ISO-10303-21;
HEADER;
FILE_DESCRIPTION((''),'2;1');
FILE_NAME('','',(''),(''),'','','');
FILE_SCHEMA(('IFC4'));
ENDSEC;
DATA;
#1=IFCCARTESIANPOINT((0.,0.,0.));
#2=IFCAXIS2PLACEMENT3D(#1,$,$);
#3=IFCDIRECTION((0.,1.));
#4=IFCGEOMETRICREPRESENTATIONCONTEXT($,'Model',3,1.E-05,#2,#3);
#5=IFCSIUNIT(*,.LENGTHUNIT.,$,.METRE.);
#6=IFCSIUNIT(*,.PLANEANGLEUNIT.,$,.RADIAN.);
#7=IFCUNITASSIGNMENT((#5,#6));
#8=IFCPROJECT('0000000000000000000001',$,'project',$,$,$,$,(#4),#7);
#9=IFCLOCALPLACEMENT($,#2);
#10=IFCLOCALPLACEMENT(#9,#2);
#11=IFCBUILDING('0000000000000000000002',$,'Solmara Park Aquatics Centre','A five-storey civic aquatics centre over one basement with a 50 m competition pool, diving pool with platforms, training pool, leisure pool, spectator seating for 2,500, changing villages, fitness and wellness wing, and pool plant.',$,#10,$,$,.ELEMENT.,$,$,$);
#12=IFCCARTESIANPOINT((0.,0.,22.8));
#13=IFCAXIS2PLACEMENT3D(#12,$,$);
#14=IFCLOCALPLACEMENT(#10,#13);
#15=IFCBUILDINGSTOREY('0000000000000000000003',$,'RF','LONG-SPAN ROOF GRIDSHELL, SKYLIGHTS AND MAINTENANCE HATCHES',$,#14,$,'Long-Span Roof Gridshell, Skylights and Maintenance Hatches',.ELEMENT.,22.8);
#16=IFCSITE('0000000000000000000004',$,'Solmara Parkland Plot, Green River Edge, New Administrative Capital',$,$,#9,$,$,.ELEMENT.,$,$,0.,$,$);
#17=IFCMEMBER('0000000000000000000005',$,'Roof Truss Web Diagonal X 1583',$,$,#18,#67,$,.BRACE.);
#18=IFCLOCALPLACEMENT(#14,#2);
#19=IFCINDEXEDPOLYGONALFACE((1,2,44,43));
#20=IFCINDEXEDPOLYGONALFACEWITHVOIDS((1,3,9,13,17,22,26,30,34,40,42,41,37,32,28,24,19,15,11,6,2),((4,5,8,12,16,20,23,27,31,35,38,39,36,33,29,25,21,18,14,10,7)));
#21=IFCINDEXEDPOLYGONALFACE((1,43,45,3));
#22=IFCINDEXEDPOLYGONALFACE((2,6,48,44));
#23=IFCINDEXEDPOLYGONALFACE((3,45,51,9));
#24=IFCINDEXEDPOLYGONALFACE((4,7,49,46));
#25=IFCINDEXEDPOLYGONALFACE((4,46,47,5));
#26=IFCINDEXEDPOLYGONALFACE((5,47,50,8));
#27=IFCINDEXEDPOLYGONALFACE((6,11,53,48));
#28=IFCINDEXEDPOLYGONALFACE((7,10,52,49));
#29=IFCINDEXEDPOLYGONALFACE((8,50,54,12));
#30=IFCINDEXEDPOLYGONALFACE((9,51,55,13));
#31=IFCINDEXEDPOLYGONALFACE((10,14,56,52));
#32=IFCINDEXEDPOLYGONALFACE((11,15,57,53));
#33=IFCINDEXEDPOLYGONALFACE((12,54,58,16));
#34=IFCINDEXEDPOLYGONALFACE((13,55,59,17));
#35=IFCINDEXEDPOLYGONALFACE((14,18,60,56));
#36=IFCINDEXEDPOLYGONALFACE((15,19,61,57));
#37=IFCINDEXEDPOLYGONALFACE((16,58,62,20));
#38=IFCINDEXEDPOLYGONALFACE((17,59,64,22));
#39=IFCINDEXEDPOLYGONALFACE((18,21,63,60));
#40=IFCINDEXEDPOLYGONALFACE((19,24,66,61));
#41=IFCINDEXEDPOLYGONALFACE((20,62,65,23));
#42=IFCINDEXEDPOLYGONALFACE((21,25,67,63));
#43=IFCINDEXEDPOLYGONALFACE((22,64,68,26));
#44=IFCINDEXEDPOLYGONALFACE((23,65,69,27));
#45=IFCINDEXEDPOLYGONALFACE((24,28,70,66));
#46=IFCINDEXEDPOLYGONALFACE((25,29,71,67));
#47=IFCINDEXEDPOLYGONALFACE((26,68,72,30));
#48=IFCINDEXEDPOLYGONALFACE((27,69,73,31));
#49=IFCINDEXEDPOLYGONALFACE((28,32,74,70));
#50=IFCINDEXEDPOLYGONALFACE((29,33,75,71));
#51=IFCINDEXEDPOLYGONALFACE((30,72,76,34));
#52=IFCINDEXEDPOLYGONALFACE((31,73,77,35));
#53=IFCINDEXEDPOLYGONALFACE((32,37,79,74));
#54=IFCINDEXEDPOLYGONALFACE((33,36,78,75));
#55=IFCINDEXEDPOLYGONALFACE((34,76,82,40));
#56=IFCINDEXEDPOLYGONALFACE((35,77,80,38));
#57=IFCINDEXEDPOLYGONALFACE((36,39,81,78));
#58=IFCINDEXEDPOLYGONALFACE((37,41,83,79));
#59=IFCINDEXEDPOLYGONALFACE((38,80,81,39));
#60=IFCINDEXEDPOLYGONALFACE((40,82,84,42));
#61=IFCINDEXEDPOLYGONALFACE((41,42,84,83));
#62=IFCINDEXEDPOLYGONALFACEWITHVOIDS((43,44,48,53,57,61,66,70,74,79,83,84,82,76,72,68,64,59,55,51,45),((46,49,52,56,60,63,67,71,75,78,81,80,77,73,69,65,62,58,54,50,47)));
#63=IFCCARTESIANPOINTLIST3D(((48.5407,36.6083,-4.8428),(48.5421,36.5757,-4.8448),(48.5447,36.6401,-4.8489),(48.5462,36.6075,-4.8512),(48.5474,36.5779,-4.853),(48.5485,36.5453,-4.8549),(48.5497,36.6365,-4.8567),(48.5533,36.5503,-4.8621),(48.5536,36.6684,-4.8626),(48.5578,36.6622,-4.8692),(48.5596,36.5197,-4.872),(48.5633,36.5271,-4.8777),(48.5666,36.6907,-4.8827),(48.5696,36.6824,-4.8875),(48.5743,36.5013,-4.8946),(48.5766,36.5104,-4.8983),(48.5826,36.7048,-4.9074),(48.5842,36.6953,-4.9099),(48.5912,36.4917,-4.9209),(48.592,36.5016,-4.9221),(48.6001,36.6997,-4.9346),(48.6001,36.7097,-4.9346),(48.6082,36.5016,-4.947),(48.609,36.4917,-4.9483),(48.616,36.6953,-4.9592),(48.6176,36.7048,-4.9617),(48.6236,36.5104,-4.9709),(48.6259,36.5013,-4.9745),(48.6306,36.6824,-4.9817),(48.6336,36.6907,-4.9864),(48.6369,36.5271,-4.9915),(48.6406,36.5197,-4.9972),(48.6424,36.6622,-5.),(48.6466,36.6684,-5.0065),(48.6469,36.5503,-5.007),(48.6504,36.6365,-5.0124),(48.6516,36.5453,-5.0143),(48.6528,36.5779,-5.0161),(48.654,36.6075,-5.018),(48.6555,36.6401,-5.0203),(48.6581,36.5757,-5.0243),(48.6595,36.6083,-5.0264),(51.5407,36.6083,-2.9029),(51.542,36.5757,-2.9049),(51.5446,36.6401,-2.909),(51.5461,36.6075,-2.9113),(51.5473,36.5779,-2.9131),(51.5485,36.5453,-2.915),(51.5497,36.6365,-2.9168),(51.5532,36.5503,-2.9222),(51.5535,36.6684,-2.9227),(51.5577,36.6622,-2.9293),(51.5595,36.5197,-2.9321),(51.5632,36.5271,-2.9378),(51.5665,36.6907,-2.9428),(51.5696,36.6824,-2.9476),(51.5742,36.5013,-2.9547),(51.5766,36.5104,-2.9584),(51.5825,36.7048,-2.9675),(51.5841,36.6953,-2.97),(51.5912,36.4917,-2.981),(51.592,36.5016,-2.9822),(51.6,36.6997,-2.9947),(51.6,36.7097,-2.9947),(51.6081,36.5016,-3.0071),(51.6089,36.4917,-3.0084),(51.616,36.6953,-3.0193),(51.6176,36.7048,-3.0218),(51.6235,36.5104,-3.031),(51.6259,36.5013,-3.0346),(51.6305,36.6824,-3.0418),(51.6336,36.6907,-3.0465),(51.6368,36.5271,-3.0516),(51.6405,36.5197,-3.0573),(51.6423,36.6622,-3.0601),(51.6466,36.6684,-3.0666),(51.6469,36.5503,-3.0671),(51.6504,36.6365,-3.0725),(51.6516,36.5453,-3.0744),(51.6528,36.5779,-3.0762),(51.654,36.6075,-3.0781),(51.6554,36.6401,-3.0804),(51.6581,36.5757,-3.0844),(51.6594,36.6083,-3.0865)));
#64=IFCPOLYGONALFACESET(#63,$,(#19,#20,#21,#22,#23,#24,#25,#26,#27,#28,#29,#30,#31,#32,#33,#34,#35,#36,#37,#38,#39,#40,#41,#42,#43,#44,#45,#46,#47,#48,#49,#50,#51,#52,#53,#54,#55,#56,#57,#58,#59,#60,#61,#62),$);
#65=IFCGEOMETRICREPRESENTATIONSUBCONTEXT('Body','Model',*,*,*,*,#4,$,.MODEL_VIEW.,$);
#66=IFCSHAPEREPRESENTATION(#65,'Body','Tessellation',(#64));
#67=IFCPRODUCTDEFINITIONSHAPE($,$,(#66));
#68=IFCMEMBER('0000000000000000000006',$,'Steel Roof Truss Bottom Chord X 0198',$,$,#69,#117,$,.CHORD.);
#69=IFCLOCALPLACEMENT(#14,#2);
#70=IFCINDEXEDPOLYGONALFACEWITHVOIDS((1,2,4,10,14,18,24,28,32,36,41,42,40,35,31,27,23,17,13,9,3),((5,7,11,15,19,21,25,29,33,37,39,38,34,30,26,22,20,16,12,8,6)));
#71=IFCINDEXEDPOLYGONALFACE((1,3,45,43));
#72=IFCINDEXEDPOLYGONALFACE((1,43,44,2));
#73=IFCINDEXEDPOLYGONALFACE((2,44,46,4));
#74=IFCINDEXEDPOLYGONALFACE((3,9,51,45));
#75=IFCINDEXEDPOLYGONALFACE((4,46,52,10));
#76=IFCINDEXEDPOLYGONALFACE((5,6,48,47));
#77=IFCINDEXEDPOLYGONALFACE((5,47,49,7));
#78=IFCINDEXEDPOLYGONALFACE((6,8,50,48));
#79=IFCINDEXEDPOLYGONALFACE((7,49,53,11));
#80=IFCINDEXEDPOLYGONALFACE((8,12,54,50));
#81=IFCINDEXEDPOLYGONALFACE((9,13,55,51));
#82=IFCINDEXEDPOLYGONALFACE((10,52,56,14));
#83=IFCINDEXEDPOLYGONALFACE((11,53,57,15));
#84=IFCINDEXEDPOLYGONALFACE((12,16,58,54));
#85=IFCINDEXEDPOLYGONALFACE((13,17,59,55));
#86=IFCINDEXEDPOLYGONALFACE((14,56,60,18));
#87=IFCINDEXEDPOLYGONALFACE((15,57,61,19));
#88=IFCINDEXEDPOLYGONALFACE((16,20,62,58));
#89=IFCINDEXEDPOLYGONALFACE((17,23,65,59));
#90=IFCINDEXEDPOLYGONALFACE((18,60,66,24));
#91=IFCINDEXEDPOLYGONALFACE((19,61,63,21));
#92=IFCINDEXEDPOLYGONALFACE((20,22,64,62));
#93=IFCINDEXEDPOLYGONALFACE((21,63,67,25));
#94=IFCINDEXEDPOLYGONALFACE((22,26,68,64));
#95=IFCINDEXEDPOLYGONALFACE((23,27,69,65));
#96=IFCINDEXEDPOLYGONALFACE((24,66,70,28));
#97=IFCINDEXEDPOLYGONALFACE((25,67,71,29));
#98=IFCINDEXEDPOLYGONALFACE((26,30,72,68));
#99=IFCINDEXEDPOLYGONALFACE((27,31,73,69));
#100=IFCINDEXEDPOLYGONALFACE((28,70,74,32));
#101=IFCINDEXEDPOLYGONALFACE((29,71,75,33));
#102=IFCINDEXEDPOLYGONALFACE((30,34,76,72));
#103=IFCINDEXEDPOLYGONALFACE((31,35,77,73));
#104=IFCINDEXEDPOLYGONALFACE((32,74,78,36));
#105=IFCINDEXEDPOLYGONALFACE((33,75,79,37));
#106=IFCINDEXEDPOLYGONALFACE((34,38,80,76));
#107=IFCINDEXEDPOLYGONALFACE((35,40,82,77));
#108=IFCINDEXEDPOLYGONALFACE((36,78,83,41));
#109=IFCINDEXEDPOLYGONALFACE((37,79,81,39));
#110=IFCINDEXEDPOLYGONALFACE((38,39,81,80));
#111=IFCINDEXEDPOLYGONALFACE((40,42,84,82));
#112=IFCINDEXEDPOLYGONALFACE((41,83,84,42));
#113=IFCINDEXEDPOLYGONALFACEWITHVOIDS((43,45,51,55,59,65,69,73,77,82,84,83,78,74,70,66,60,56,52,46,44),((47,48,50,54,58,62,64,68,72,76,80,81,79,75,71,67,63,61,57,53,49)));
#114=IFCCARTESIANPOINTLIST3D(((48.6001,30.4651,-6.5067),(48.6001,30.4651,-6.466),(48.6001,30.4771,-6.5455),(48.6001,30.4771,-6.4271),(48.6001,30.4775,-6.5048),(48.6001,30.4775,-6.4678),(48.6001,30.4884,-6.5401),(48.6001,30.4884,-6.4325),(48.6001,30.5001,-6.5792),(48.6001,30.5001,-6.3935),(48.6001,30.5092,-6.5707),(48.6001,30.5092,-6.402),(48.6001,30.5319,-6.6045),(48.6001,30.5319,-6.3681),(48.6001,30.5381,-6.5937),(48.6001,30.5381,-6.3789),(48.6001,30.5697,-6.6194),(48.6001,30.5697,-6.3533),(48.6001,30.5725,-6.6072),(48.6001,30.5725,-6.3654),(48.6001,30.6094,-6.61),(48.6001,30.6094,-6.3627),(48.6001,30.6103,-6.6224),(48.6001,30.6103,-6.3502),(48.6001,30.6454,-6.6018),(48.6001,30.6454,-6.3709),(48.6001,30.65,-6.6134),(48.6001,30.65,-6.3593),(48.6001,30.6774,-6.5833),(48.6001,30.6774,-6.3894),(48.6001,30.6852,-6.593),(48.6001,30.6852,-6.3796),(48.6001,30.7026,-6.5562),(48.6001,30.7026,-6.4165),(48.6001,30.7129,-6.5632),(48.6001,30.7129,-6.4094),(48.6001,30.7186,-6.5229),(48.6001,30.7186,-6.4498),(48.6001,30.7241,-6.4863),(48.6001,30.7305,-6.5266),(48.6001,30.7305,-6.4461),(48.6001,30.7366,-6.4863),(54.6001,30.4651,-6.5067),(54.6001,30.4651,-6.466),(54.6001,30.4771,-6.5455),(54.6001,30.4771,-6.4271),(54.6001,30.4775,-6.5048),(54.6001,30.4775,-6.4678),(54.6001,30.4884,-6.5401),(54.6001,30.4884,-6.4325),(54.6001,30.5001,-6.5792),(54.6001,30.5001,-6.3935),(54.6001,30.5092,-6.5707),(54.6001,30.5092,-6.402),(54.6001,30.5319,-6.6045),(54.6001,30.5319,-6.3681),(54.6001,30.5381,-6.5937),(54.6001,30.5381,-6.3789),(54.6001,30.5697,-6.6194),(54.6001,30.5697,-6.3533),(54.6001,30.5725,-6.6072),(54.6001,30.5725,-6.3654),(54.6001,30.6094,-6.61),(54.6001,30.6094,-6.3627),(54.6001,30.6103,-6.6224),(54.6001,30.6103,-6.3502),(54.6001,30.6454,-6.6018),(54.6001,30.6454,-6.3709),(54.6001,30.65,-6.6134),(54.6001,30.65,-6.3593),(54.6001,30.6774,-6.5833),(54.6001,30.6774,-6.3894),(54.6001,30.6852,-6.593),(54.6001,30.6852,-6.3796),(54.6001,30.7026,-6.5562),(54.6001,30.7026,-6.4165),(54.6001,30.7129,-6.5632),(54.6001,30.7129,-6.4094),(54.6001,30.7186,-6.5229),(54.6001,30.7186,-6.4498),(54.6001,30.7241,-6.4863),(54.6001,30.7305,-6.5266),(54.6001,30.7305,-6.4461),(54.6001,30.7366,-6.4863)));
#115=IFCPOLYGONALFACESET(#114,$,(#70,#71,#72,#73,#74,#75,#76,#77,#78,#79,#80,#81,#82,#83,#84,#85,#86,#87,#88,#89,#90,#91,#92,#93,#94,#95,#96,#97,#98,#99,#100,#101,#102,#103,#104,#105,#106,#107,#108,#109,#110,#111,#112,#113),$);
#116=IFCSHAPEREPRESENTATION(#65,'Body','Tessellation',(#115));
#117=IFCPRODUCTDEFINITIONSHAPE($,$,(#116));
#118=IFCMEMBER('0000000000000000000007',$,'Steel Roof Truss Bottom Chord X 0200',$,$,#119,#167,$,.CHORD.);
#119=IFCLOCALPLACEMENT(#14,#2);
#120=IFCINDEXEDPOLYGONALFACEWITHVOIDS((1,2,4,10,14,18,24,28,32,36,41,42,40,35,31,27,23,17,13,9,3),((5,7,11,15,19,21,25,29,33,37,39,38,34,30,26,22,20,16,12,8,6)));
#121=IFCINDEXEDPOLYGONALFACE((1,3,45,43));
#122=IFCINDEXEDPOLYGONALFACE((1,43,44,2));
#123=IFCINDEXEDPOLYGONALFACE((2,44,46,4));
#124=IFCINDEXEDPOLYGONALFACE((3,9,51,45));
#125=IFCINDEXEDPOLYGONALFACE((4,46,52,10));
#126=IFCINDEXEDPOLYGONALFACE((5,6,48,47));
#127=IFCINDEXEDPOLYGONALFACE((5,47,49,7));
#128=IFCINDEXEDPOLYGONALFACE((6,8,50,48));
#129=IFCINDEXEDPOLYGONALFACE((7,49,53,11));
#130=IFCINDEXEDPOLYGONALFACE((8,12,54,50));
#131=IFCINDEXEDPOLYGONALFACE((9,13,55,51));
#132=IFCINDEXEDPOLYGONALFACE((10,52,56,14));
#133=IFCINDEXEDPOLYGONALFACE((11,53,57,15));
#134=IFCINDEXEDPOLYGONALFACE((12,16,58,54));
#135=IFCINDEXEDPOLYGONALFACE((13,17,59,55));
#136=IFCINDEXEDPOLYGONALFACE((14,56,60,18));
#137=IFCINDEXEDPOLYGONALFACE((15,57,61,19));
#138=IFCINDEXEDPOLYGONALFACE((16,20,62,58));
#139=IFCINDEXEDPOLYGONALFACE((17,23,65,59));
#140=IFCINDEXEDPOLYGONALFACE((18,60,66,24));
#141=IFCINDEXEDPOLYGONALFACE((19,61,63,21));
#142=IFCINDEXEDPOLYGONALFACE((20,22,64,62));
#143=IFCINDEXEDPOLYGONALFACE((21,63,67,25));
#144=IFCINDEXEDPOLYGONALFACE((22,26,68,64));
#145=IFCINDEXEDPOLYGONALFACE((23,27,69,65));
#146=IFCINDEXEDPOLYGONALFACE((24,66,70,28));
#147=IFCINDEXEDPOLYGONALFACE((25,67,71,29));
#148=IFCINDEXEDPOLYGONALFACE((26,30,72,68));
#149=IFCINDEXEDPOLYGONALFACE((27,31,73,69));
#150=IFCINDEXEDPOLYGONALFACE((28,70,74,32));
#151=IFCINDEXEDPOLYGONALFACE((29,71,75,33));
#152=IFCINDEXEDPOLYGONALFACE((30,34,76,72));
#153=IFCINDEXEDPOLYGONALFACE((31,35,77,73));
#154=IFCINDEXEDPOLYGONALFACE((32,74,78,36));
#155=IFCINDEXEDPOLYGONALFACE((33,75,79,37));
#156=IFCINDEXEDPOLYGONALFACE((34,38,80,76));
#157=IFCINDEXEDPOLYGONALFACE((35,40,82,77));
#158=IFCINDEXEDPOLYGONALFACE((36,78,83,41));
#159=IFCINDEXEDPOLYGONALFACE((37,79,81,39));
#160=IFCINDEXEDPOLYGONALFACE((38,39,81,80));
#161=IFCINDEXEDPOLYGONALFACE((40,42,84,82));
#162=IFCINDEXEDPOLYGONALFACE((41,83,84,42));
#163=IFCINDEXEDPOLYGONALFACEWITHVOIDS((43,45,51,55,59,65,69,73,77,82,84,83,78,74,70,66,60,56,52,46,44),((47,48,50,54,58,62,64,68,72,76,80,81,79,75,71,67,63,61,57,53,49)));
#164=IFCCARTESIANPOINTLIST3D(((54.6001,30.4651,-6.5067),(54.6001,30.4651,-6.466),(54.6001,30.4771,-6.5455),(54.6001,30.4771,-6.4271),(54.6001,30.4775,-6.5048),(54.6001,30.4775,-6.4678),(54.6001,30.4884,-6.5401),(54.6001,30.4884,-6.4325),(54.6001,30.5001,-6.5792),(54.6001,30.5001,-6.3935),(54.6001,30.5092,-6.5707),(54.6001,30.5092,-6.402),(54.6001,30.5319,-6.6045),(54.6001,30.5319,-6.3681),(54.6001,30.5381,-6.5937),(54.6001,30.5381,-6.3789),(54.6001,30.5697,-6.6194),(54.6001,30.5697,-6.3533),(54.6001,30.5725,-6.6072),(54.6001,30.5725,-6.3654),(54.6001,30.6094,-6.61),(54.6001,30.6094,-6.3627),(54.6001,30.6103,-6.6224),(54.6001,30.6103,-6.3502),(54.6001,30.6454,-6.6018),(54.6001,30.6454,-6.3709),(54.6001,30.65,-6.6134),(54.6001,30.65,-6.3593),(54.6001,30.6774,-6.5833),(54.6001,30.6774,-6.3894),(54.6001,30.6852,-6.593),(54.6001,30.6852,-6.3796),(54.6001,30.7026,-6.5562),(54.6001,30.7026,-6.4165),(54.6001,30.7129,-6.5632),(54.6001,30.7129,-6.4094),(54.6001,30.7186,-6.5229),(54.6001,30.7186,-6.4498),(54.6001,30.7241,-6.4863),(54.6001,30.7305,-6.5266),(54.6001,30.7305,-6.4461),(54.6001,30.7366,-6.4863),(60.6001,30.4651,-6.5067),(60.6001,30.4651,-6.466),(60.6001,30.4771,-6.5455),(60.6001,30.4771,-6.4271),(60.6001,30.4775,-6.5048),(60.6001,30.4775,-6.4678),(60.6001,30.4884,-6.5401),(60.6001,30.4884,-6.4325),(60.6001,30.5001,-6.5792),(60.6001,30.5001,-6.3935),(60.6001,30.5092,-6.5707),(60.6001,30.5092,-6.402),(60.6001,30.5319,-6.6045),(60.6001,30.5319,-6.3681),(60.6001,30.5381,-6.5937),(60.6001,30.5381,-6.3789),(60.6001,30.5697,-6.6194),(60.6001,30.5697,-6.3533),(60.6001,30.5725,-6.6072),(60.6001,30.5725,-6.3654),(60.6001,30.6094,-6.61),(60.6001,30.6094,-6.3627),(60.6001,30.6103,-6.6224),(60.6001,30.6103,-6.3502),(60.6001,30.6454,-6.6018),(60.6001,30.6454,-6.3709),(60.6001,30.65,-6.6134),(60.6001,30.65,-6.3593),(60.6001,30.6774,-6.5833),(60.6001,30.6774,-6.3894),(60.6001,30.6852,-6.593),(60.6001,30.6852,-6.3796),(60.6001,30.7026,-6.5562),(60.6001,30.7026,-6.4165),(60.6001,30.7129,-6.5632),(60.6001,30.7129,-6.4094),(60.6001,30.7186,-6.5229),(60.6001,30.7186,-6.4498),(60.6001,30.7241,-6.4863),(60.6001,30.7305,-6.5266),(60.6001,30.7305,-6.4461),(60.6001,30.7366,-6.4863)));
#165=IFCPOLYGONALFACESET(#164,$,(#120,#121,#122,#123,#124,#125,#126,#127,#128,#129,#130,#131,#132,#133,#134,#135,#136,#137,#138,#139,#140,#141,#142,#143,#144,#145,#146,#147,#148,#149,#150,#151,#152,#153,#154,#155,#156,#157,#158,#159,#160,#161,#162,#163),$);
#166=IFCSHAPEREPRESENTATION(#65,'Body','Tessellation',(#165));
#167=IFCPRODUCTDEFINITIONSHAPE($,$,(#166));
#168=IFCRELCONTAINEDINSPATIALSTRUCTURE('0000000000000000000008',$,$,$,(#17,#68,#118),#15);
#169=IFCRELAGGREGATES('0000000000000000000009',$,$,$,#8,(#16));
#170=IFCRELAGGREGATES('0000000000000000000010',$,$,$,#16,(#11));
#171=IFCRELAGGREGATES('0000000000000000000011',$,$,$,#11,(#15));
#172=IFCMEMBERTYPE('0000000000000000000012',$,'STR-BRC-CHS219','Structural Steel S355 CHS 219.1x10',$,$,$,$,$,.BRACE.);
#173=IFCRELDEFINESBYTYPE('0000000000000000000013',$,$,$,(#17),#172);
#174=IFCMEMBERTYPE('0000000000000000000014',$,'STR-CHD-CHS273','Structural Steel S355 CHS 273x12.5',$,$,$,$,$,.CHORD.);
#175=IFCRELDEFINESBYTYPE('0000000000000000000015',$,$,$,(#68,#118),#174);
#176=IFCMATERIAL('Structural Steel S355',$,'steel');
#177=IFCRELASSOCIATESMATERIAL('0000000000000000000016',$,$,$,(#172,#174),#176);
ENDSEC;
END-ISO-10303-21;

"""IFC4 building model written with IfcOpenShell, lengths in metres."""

from ifc_helpers import new_model, si_unit, direction, frame, origin, origin_2d, place, context, subcontext, project, spatial, hollow_circle, extrude, material, material_profile, profile_set, type_object, element, save


model = new_model("IFC4")

# Units and contexts
model_context = context("Model", 3, precision=1e-05, world=origin(), true_north=direction((0.0, 1.0)))
body_context = subcontext(model_context, "Body", "Model", "MODEL_VIEW")
ifc_project = project(units=[si_unit("LENGTHUNIT", "METRE"), si_unit("PLANEANGLEUNIT", "RADIAN")], contexts=[model_context])

# Site, building, storey
site_placement = place(None, origin())
site = spatial("IfcSite", under=ifc_project, at=site_placement, Name="Solmara Parkland Plot, Green River Edge, New Administrative Capital", CompositionType="ELEMENT", RefElevation=0.0)
building_placement = place(site_placement, origin())
building = spatial("IfcBuilding", under=site, at=building_placement, Name="Solmara Park Aquatics Centre", Description="A five-storey civic aquatics centre over one basement with a 50 m competition pool, diving pool with platforms, training pool, leisure pool, spectator seating for 2,500, changing villages, fitness and wellness wing, and pool plant.", CompositionType="ELEMENT")
storey_placement = place(building_placement, frame((0.0, 0.0, 22.8)))
storey = spatial("IfcBuildingStorey", under=building, at=storey_placement, Name="RF", Description="LONG-SPAN ROOF GRIDSHELL, SKYLIGHTS AND MAINTENANCE HATCHES", LongName="Long-Span Roof Gridshell, Skylights and Maintenance Hatches", CompositionType="ELEMENT", Elevation=22.8)

# Members
ifc_material_1 = material(Name="Structural Steel S355", Category="steel")
ifc_material_profile_1 = material_profile(ifc_material_1, hollow_circle(Radius=0.1096, WallThickness=0.01, at=origin_2d()), Name="CHS 219.1x10")
ifc_profile_set_1 = profile_set([ifc_material_profile_1], Name="Structural Steel S355")
member_type_1 = type_object("IfcMemberType", Name="STR-BRC-CHS219", Description="Structural Steel S355 CHS 219.1x10", PredefinedType="BRACE", material=ifc_profile_set_1)
for number, where, z_axis, x_axis, name in (
    (1, (48.6001, 36.6001, -4.9346), (0.839728, 0.0, 0.543008), (0.0, 1.0, 0.0), "Roof Truss Web Diagonal X 1583"),
):
    element("IfcMember", number, at=place(storey_placement, frame(where, z_axis=z_axis, x_axis=x_axis)), inside=storey, type_object=member_type_1, Name=name, PredefinedType="BRACE", context=body_context, shape_type="SweptSolid", body=[
        extrude(hollow_circle(Radius=0.1096, WallThickness=0.01, at=origin_2d()), origin(), (0.0, 0.0, 1.0), 3.5725),
    ])
ifc_material_profile_2 = material_profile(ifc_material_1, hollow_circle(Radius=0.1365, WallThickness=0.0125, at=origin_2d()), Name="CHS 273x12.5")
ifc_profile_set_2 = profile_set([ifc_material_profile_2], Name="Structural Steel S355")
member_type_2 = type_object("IfcMemberType", Name="STR-CHD-CHS273", Description="Structural Steel S355 CHS 273x12.5", PredefinedType="CHORD", material=ifc_profile_set_2)
for number, where, z_axis, x_axis, name in (
    (2, (48.6001, 30.6001, -6.4863), (1.0, 0.0, 0.0), (0.0, 1.0, 0.0), "Steel Roof Truss Bottom Chord X 0198"),
    (3, (54.6001, 30.6001, -6.4863), (1.0, 0.0, 0.0), (0.0, 1.0, 0.0), "Steel Roof Truss Bottom Chord X 0200"),
):
    element("IfcMember", number, at=place(storey_placement, frame(where, z_axis=z_axis, x_axis=x_axis)), inside=storey, type_object=member_type_2, Name=name, PredefinedType="CHORD", context=body_context, shape_type="SweptSolid", body=[
        extrude(hollow_circle(Radius=0.1365, WallThickness=0.0125, at=origin_2d()), origin(), (0.0, 0.0, 1.0), 6.0),
    ])

save(model, "model.ifc")
